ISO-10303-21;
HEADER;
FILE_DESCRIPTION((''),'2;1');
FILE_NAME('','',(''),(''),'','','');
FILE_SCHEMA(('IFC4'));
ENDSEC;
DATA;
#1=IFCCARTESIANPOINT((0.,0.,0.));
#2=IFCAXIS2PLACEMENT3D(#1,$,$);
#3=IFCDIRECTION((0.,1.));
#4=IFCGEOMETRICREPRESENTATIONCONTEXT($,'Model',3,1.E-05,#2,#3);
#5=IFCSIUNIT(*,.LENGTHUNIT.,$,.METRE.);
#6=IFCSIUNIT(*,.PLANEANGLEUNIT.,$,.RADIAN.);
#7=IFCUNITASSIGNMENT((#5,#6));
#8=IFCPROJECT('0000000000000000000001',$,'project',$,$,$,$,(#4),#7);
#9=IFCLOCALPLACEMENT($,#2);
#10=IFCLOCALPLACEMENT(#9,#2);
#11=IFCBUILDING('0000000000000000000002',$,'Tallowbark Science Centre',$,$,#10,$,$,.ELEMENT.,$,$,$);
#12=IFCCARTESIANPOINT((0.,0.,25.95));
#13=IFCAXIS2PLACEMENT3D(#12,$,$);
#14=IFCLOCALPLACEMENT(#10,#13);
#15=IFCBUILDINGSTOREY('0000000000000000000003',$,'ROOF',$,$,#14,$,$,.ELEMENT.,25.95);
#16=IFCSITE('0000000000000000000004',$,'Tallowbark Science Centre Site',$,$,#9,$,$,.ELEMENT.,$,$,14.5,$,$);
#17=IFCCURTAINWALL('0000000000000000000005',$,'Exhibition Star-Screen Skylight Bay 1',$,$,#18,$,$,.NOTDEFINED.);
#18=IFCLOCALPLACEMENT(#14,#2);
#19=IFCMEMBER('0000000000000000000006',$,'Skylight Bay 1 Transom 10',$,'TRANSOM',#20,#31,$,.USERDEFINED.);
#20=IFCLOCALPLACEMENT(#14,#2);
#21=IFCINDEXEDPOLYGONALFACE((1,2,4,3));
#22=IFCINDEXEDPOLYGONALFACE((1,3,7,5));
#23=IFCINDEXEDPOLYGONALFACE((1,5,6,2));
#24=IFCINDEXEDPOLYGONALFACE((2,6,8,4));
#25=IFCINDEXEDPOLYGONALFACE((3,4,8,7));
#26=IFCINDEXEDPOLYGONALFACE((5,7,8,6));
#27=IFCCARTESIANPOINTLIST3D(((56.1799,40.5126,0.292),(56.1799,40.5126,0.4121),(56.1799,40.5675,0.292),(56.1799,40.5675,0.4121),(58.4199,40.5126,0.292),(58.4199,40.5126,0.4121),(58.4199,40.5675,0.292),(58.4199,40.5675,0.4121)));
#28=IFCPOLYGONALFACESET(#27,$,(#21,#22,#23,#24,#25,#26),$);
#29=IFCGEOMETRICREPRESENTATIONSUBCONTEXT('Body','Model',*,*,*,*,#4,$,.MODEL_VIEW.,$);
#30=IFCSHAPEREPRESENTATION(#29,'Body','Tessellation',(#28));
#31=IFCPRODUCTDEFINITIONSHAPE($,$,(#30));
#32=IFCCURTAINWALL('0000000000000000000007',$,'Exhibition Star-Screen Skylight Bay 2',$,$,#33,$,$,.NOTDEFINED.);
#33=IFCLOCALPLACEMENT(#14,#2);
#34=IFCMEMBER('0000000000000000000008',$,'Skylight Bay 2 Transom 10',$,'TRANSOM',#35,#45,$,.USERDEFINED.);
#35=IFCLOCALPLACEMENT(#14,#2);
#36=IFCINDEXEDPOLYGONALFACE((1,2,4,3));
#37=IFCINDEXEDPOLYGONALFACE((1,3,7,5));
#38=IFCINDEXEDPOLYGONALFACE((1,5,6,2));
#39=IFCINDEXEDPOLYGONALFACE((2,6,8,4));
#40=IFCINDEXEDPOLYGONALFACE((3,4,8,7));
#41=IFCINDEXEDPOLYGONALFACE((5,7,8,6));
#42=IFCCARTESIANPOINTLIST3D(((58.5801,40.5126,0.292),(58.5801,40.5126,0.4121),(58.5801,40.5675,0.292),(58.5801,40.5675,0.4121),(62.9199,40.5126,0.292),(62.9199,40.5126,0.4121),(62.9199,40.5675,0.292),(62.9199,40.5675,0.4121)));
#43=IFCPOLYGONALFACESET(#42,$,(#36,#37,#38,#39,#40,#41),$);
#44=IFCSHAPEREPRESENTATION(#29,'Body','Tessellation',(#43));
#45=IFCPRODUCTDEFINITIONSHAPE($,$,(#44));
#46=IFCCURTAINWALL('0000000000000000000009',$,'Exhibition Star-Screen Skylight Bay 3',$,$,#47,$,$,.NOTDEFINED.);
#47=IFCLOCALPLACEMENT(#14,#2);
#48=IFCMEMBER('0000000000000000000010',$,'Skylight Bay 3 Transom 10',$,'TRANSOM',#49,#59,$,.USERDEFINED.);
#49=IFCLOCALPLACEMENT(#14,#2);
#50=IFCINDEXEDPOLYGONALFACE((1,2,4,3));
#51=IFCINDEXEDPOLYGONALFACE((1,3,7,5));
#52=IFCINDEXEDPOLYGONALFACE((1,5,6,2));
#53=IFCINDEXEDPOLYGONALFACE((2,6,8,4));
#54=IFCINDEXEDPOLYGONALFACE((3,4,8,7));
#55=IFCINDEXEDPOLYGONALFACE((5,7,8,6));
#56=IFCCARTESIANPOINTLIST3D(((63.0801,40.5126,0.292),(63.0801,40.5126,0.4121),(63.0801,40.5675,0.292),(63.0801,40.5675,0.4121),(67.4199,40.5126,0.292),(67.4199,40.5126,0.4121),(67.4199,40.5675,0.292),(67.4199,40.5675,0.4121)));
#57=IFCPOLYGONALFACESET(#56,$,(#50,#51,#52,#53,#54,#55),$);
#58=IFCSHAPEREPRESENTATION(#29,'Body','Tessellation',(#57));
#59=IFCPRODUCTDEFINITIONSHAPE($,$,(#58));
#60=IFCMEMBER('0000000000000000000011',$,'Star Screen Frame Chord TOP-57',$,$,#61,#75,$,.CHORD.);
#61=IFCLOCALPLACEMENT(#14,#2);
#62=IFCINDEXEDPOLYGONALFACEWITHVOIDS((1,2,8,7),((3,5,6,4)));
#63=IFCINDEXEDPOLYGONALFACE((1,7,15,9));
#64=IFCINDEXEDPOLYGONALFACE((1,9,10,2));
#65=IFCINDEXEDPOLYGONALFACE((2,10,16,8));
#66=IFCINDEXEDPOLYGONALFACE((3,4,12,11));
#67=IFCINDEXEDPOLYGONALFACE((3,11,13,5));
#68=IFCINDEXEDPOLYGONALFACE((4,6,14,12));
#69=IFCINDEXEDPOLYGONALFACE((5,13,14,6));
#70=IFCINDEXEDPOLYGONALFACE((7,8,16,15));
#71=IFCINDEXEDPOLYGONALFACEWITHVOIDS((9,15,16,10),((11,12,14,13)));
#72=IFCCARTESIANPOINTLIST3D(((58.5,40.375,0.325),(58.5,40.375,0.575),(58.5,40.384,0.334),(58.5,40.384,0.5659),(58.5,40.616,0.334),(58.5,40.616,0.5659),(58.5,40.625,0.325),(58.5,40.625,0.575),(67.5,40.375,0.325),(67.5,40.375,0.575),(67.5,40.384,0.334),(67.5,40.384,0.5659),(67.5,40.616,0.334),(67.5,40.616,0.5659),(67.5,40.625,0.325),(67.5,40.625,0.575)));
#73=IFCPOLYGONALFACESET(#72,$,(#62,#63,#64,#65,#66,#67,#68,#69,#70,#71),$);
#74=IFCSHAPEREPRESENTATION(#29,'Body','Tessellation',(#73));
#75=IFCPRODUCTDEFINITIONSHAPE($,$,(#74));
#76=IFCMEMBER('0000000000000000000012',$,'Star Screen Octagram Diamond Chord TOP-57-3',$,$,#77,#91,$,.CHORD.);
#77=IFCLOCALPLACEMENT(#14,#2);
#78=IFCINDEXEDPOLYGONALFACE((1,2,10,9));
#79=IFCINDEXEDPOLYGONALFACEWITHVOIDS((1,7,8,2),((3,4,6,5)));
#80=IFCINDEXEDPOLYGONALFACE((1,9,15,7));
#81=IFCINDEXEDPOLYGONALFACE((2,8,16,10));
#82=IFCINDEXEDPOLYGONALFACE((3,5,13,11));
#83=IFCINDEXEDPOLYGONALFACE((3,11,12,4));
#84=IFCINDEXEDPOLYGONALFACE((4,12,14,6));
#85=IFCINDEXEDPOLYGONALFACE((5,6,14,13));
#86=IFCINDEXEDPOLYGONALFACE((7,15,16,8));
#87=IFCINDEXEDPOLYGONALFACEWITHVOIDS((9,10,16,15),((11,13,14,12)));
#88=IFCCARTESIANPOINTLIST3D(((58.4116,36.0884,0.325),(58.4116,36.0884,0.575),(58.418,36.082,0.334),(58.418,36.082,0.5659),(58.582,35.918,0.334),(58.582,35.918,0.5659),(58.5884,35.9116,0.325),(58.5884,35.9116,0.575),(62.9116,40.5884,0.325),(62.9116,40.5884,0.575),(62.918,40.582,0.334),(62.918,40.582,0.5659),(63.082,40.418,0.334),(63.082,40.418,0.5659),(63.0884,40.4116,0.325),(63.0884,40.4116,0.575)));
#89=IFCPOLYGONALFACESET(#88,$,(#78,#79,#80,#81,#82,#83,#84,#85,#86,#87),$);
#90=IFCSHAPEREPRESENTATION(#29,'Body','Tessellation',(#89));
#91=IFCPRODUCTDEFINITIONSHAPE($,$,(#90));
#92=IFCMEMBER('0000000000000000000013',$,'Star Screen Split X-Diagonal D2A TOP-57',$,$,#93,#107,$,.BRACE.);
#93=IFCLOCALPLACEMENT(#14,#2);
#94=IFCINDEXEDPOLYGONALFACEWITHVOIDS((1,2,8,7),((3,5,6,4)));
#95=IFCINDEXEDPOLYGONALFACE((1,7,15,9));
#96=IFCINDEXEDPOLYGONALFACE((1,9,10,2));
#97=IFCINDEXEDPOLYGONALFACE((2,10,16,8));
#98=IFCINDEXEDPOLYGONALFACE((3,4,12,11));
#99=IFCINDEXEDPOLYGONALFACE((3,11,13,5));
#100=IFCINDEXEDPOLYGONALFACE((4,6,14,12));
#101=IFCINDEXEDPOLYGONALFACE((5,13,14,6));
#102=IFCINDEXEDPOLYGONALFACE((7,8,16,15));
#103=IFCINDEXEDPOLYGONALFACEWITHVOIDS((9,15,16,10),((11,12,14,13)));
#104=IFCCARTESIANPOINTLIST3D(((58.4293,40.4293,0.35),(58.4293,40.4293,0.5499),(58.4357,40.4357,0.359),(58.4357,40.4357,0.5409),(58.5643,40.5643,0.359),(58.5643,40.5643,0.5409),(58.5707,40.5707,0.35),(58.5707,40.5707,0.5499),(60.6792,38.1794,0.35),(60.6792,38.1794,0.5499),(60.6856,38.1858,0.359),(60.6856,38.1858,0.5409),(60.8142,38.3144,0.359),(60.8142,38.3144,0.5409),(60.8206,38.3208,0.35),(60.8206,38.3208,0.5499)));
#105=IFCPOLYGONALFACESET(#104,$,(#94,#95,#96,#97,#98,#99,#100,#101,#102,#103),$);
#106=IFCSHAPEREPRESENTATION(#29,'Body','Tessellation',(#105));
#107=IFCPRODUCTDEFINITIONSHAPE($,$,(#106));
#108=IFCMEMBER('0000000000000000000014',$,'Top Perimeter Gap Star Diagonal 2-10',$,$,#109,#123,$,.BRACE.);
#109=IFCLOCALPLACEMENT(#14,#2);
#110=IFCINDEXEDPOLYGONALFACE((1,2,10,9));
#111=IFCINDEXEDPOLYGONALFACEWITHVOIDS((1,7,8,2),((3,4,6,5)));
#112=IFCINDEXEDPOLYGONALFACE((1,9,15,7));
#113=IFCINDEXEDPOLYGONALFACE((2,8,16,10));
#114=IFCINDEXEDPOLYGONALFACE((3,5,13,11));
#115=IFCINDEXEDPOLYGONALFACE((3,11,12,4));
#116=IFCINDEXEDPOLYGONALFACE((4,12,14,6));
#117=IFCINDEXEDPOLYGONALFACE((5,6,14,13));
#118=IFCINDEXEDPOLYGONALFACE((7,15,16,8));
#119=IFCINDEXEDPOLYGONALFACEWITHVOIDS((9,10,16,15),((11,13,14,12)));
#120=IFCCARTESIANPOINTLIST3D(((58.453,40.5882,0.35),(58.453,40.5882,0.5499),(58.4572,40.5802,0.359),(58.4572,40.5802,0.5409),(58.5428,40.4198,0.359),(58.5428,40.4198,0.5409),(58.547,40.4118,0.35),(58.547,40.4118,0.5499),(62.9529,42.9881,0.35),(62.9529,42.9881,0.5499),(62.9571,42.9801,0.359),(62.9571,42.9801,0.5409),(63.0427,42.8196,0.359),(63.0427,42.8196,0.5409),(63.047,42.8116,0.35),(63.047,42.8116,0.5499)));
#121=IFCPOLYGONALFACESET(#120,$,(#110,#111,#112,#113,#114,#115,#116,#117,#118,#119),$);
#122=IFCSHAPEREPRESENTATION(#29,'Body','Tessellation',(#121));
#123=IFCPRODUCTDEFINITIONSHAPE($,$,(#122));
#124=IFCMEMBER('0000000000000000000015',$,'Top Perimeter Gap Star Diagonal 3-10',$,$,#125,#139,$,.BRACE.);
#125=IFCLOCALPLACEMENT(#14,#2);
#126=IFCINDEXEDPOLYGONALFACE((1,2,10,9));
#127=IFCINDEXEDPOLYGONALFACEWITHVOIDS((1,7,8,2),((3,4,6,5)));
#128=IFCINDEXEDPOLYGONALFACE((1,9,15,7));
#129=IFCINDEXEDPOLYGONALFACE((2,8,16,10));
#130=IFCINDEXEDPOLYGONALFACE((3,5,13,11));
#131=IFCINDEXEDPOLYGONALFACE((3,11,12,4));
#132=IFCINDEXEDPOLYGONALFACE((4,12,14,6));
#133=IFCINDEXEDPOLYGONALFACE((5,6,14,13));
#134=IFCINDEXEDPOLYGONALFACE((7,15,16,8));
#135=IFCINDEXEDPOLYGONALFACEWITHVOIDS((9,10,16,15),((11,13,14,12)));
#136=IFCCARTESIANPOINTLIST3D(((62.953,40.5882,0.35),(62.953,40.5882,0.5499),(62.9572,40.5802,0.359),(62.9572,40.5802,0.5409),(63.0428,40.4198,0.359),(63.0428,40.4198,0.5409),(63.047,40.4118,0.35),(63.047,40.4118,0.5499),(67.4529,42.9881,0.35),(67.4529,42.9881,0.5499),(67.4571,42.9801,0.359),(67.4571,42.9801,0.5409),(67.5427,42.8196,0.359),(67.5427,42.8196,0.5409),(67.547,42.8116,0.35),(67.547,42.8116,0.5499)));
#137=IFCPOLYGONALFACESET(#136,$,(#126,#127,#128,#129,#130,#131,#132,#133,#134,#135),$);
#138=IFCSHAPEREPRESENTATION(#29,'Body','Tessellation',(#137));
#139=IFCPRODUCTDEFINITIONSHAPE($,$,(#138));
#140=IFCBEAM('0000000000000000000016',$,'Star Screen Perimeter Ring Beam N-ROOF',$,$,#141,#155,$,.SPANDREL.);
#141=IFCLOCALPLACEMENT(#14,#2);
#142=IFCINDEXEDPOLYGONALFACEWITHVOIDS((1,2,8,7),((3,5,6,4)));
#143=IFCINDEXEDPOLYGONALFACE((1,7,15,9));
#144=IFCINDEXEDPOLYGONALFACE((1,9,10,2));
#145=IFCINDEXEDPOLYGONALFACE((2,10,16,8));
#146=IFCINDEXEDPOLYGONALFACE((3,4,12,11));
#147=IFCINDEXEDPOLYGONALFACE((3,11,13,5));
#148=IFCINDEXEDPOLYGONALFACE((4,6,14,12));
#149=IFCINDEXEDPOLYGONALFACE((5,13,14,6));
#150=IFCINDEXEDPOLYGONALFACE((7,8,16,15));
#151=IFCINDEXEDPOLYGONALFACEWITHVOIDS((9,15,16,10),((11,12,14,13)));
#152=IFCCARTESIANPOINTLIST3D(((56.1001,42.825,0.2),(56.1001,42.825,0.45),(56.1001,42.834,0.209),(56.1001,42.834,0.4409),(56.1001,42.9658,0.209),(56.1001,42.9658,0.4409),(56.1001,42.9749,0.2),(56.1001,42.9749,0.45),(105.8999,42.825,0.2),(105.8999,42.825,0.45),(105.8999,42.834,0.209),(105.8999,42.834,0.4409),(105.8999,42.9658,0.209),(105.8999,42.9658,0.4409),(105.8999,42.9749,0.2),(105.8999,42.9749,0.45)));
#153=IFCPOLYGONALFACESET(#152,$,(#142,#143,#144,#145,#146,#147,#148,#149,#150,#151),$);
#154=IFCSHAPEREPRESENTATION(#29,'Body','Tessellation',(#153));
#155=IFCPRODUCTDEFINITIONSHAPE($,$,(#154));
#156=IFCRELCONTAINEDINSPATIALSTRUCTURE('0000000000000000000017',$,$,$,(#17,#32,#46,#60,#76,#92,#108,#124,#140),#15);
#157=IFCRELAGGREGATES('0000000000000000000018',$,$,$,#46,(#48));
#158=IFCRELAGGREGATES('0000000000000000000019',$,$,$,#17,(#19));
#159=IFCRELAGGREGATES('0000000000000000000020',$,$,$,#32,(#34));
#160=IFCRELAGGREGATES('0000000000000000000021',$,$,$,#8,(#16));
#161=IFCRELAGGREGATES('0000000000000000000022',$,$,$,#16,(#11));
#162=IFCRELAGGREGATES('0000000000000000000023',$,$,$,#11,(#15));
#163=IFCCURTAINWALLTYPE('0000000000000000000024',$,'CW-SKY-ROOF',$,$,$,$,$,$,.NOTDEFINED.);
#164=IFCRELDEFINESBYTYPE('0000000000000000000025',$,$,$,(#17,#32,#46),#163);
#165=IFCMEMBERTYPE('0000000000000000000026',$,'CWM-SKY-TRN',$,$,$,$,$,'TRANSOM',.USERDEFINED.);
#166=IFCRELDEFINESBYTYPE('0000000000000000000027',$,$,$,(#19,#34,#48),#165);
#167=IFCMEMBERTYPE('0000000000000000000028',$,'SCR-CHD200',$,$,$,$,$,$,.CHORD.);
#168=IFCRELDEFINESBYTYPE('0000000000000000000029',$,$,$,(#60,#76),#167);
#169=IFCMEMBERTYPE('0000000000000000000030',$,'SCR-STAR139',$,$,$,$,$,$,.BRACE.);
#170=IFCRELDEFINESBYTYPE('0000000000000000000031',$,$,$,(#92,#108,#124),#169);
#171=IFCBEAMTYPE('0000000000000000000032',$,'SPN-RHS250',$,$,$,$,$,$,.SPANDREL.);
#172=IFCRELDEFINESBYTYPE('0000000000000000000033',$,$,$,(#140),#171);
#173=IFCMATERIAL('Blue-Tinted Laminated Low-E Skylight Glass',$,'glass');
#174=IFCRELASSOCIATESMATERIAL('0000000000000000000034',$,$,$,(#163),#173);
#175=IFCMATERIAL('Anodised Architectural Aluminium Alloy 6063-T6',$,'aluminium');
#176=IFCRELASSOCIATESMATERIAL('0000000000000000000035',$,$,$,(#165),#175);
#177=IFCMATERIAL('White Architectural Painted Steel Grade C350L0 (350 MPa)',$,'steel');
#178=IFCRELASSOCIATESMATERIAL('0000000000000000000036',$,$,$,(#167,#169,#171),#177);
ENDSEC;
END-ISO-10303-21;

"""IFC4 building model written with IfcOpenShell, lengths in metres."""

from ifc_helpers import new_model, si_unit, direction, frame, origin, origin_2d, place, context, subcontext, project, spatial, rectangle, hollow_rectangle, extrude, material, material_profile, profile_set, type_object, element, aggregate, save


model = new_model("IFC4")

# Units and contexts
model_context = context("Model", 3, precision=1e-05, world=origin(), true_north=direction((0.0, 1.0)))
body_context = subcontext(model_context, "Body", "Model", "MODEL_VIEW")
ifc_project = project(units=[si_unit("LENGTHUNIT", "METRE"), si_unit("PLANEANGLEUNIT", "RADIAN")], contexts=[model_context])

# Site, building, storey
site_placement = place(None, origin())
site = spatial("IfcSite", under=ifc_project, at=site_placement, Name="Tallowbark Science Centre Site", CompositionType="ELEMENT", RefElevation=14.5)
building_placement = place(site_placement, origin())
building = spatial("IfcBuilding", under=site, at=building_placement, Name="Tallowbark Science Centre", CompositionType="ELEMENT")
storey_placement = place(building_placement, frame((0.0, 0.0, 25.95)))
storey = spatial("IfcBuildingStorey", under=building, at=storey_placement, Name="ROOF", CompositionType="ELEMENT", Elevation=25.95)

# Curtain walls, members
ifc_material_1 = material(Name="Blue-Tinted Laminated Low-E Skylight Glass", Category="glass")
curtain_wall_type = type_object("IfcCurtainWallType", Name="CW-SKY-ROOF", PredefinedType="NOTDEFINED", material=ifc_material_1)
curtain_wall_1_placement = place(storey_placement, origin())
curtain_wall_1 = element("IfcCurtainWall", 1, at=curtain_wall_1_placement, inside=storey, type_object=curtain_wall_type, Name="Exhibition Star-Screen Skylight Bay 1", PredefinedType="NOTDEFINED")
ifc_material_2 = material(Name="Anodised Architectural Aluminium Alloy 6063-T6", Category="aluminium")
ifc_material_profile_1 = material_profile(ifc_material_2, rectangle(XDim=0.0549, YDim=0.1201, at=origin_2d()), Name="ALU55x120")
ifc_profile_set_1 = profile_set([ifc_material_profile_1], Name="Anodised Architectural Aluminium Alloy 6063-T6")
member_type_1 = type_object("IfcMemberType", Name="CWM-SKY-TRN", ElementType="TRANSOM", PredefinedType="USERDEFINED", material=ifc_profile_set_1)
member_1_placement = place(storey_placement, frame((56.1799, 40.54, 0.3521), z_axis=(1.0, 0.0, 0.0), x_axis=(0.0, 1.0, 0.0)))
member_1 = element("IfcMember", 2, at=member_1_placement, type_object=member_type_1, Name="Skylight Bay 1 Transom 10", ObjectType="TRANSOM", PredefinedType="USERDEFINED", context=body_context, shape_type="SweptSolid", body=[
    extrude(rectangle(XDim=0.0549, YDim=0.1201, at=origin_2d()), origin(), (0.0, 0.0, 1.0), 2.24),
])
curtain_wall_2_placement = place(storey_placement, origin())
curtain_wall_2 = element("IfcCurtainWall", 3, at=curtain_wall_2_placement, inside=storey, type_object=curtain_wall_type, Name="Exhibition Star-Screen Skylight Bay 2", PredefinedType="NOTDEFINED")
member_2_placement = place(storey_placement, frame((58.5801, 40.54, 0.3521), z_axis=(1.0, 0.0, 0.0), x_axis=(0.0, 1.0, 0.0)))
member_2 = element("IfcMember", 4, at=member_2_placement, type_object=member_type_1, Name="Skylight Bay 2 Transom 10", ObjectType="TRANSOM", PredefinedType="USERDEFINED", context=body_context, shape_type="SweptSolid", body=[
    extrude(rectangle(XDim=0.0549, YDim=0.1201, at=origin_2d()), origin(), (0.0, 0.0, 1.0), 4.3398),
])
curtain_wall_3_placement = place(storey_placement, origin())
curtain_wall_3 = element("IfcCurtainWall", 5, at=curtain_wall_3_placement, inside=storey, type_object=curtain_wall_type, Name="Exhibition Star-Screen Skylight Bay 3", PredefinedType="NOTDEFINED")
member_3_placement = place(storey_placement, frame((63.0801, 40.54, 0.3521), z_axis=(1.0, 0.0, 0.0), x_axis=(0.0, 1.0, 0.0)))
member_3 = element("IfcMember", 6, at=member_3_placement, type_object=member_type_1, Name="Skylight Bay 3 Transom 10", ObjectType="TRANSOM", PredefinedType="USERDEFINED", context=body_context, shape_type="SweptSolid", body=[
    extrude(rectangle(XDim=0.0549, YDim=0.1201, at=origin_2d()), origin(), (0.0, 0.0, 1.0), 4.3398),
])
aggregate(curtain_wall_3, [member_3])

# Members
ifc_material_3 = material(Name="White Architectural Painted Steel Grade C350L0 (350 MPa)", Category="steel")
ifc_material_profile_2 = material_profile(ifc_material_3, hollow_rectangle(XDim=0.25, YDim=0.25, WallThickness=0.009, at=origin_2d()), Name="250x250x9.0SHS")
ifc_profile_set_2 = profile_set([ifc_material_profile_2], Name="White Architectural Painted Steel Grade C350L0 (350 MPa)")
member_type_2 = type_object("IfcMemberType", Name="SCR-CHD200", PredefinedType="CHORD", material=ifc_profile_set_2)
member_4_placement = place(storey_placement, frame((58.5, 40.5, 0.45), z_axis=(1.0, 0.0, 0.0), x_axis=(0.0, 1.0, 0.0)))
element("IfcMember", 7, at=member_4_placement, inside=storey, type_object=member_type_2, Name="Star Screen Frame Chord TOP-57", PredefinedType="CHORD", context=body_context, shape_type="SweptSolid", body=[
    extrude(hollow_rectangle(XDim=0.25, YDim=0.25, WallThickness=0.009, at=origin_2d()), origin(), (0.0, 0.0, 1.0), 9.0),
])
member_5_placement = place(storey_placement, frame((63.0, 40.5, 0.45), z_axis=(-0.707107, -0.707107, 0.0), x_axis=(0.707107, -0.707107, 0.0)))
element("IfcMember", 8, at=member_5_placement, inside=storey, type_object=member_type_2, Name="Star Screen Octagram Diamond Chord TOP-57-3", PredefinedType="CHORD", context=body_context, shape_type="SweptSolid", body=[
    extrude(hollow_rectangle(XDim=0.25, YDim=0.25, WallThickness=0.009, at=origin_2d()), origin(), (0.0, 0.0, 1.0), 6.364),
])
ifc_material_profile_3 = material_profile(ifc_material_3, hollow_rectangle(XDim=0.2, YDim=0.2, WallThickness=0.009, at=origin_2d()), Name="200x200x9.0SHS")
ifc_profile_set_3 = profile_set([ifc_material_profile_3], Name="White Architectural Painted Steel Grade C350L0 (350 MPa)")
member_type_3 = type_object("IfcMemberType", Name="SCR-STAR139", PredefinedType="BRACE", material=ifc_profile_set_3)
member_6_placement = place(storey_placement, frame((58.5, 40.5, 0.45), z_axis=(0.707107, -0.707107, 0.0), x_axis=(0.707107, 0.707107, 0.0)))
element("IfcMember", 9, at=member_6_placement, inside=storey, type_object=member_type_3, Name="Star Screen Split X-Diagonal D2A TOP-57", PredefinedType="BRACE", context=body_context, shape_type="SweptSolid", body=[
    extrude(hollow_rectangle(XDim=0.2, YDim=0.2, WallThickness=0.009, at=origin_2d()), origin(), (0.0, 0.0, 1.0), 3.1819),
])
for number, where, z_axis, x_axis, name in (
    (10, (58.5, 40.5, 0.45), (0.882361, 0.470573, 0.0), (-0.470573, 0.882361, 0.0), "Top Perimeter Gap Star Diagonal 2-10"),
    (11, (63.0, 40.5, 0.45), (0.882361, 0.470573, 0.0), (-0.470573, 0.882361, 0.0), "Top Perimeter Gap Star Diagonal 3-10"),
):
    element("IfcMember", number, at=place(storey_placement, frame(where, z_axis=z_axis, x_axis=x_axis)), inside=storey, type_object=member_type_3, Name=name, PredefinedType="BRACE", context=body_context, shape_type="SweptSolid", body=[
        extrude(hollow_rectangle(XDim=0.2, YDim=0.2, WallThickness=0.009, at=origin_2d()), origin(), (0.0, 0.0, 1.0), 5.0999),
    ])

# Beam
ifc_material_profile_4 = material_profile(ifc_material_3, hollow_rectangle(XDim=0.1499, YDim=0.25, WallThickness=0.009, at=origin_2d()), Name="250x150x9.0RHS")
ifc_profile_set_4 = profile_set([ifc_material_profile_4], Name="White Architectural Painted Steel Grade C350L0 (350 MPa)")
beam_type = type_object("IfcBeamType", Name="SPN-RHS250", PredefinedType="SPANDREL", material=ifc_profile_set_4)
beam_placement = place(storey_placement, frame((56.1001, 42.8999, 0.325), z_axis=(1.0, 0.0, 0.0), x_axis=(0.0, 1.0, 0.0)))
element("IfcBeam", 12, at=beam_placement, inside=storey, type_object=beam_type, Name="Star Screen Perimeter Ring Beam N-ROOF", PredefinedType="SPANDREL", context=body_context, shape_type="SweptSolid", body=[
    extrude(hollow_rectangle(XDim=0.1499, YDim=0.25, WallThickness=0.009, at=origin_2d()), origin(), (0.0, 0.0, 1.0), 49.7998),
])

aggregate(curtain_wall_1, [member_1])
aggregate(curtain_wall_2, [member_2])

save(model, "model.ifc")
